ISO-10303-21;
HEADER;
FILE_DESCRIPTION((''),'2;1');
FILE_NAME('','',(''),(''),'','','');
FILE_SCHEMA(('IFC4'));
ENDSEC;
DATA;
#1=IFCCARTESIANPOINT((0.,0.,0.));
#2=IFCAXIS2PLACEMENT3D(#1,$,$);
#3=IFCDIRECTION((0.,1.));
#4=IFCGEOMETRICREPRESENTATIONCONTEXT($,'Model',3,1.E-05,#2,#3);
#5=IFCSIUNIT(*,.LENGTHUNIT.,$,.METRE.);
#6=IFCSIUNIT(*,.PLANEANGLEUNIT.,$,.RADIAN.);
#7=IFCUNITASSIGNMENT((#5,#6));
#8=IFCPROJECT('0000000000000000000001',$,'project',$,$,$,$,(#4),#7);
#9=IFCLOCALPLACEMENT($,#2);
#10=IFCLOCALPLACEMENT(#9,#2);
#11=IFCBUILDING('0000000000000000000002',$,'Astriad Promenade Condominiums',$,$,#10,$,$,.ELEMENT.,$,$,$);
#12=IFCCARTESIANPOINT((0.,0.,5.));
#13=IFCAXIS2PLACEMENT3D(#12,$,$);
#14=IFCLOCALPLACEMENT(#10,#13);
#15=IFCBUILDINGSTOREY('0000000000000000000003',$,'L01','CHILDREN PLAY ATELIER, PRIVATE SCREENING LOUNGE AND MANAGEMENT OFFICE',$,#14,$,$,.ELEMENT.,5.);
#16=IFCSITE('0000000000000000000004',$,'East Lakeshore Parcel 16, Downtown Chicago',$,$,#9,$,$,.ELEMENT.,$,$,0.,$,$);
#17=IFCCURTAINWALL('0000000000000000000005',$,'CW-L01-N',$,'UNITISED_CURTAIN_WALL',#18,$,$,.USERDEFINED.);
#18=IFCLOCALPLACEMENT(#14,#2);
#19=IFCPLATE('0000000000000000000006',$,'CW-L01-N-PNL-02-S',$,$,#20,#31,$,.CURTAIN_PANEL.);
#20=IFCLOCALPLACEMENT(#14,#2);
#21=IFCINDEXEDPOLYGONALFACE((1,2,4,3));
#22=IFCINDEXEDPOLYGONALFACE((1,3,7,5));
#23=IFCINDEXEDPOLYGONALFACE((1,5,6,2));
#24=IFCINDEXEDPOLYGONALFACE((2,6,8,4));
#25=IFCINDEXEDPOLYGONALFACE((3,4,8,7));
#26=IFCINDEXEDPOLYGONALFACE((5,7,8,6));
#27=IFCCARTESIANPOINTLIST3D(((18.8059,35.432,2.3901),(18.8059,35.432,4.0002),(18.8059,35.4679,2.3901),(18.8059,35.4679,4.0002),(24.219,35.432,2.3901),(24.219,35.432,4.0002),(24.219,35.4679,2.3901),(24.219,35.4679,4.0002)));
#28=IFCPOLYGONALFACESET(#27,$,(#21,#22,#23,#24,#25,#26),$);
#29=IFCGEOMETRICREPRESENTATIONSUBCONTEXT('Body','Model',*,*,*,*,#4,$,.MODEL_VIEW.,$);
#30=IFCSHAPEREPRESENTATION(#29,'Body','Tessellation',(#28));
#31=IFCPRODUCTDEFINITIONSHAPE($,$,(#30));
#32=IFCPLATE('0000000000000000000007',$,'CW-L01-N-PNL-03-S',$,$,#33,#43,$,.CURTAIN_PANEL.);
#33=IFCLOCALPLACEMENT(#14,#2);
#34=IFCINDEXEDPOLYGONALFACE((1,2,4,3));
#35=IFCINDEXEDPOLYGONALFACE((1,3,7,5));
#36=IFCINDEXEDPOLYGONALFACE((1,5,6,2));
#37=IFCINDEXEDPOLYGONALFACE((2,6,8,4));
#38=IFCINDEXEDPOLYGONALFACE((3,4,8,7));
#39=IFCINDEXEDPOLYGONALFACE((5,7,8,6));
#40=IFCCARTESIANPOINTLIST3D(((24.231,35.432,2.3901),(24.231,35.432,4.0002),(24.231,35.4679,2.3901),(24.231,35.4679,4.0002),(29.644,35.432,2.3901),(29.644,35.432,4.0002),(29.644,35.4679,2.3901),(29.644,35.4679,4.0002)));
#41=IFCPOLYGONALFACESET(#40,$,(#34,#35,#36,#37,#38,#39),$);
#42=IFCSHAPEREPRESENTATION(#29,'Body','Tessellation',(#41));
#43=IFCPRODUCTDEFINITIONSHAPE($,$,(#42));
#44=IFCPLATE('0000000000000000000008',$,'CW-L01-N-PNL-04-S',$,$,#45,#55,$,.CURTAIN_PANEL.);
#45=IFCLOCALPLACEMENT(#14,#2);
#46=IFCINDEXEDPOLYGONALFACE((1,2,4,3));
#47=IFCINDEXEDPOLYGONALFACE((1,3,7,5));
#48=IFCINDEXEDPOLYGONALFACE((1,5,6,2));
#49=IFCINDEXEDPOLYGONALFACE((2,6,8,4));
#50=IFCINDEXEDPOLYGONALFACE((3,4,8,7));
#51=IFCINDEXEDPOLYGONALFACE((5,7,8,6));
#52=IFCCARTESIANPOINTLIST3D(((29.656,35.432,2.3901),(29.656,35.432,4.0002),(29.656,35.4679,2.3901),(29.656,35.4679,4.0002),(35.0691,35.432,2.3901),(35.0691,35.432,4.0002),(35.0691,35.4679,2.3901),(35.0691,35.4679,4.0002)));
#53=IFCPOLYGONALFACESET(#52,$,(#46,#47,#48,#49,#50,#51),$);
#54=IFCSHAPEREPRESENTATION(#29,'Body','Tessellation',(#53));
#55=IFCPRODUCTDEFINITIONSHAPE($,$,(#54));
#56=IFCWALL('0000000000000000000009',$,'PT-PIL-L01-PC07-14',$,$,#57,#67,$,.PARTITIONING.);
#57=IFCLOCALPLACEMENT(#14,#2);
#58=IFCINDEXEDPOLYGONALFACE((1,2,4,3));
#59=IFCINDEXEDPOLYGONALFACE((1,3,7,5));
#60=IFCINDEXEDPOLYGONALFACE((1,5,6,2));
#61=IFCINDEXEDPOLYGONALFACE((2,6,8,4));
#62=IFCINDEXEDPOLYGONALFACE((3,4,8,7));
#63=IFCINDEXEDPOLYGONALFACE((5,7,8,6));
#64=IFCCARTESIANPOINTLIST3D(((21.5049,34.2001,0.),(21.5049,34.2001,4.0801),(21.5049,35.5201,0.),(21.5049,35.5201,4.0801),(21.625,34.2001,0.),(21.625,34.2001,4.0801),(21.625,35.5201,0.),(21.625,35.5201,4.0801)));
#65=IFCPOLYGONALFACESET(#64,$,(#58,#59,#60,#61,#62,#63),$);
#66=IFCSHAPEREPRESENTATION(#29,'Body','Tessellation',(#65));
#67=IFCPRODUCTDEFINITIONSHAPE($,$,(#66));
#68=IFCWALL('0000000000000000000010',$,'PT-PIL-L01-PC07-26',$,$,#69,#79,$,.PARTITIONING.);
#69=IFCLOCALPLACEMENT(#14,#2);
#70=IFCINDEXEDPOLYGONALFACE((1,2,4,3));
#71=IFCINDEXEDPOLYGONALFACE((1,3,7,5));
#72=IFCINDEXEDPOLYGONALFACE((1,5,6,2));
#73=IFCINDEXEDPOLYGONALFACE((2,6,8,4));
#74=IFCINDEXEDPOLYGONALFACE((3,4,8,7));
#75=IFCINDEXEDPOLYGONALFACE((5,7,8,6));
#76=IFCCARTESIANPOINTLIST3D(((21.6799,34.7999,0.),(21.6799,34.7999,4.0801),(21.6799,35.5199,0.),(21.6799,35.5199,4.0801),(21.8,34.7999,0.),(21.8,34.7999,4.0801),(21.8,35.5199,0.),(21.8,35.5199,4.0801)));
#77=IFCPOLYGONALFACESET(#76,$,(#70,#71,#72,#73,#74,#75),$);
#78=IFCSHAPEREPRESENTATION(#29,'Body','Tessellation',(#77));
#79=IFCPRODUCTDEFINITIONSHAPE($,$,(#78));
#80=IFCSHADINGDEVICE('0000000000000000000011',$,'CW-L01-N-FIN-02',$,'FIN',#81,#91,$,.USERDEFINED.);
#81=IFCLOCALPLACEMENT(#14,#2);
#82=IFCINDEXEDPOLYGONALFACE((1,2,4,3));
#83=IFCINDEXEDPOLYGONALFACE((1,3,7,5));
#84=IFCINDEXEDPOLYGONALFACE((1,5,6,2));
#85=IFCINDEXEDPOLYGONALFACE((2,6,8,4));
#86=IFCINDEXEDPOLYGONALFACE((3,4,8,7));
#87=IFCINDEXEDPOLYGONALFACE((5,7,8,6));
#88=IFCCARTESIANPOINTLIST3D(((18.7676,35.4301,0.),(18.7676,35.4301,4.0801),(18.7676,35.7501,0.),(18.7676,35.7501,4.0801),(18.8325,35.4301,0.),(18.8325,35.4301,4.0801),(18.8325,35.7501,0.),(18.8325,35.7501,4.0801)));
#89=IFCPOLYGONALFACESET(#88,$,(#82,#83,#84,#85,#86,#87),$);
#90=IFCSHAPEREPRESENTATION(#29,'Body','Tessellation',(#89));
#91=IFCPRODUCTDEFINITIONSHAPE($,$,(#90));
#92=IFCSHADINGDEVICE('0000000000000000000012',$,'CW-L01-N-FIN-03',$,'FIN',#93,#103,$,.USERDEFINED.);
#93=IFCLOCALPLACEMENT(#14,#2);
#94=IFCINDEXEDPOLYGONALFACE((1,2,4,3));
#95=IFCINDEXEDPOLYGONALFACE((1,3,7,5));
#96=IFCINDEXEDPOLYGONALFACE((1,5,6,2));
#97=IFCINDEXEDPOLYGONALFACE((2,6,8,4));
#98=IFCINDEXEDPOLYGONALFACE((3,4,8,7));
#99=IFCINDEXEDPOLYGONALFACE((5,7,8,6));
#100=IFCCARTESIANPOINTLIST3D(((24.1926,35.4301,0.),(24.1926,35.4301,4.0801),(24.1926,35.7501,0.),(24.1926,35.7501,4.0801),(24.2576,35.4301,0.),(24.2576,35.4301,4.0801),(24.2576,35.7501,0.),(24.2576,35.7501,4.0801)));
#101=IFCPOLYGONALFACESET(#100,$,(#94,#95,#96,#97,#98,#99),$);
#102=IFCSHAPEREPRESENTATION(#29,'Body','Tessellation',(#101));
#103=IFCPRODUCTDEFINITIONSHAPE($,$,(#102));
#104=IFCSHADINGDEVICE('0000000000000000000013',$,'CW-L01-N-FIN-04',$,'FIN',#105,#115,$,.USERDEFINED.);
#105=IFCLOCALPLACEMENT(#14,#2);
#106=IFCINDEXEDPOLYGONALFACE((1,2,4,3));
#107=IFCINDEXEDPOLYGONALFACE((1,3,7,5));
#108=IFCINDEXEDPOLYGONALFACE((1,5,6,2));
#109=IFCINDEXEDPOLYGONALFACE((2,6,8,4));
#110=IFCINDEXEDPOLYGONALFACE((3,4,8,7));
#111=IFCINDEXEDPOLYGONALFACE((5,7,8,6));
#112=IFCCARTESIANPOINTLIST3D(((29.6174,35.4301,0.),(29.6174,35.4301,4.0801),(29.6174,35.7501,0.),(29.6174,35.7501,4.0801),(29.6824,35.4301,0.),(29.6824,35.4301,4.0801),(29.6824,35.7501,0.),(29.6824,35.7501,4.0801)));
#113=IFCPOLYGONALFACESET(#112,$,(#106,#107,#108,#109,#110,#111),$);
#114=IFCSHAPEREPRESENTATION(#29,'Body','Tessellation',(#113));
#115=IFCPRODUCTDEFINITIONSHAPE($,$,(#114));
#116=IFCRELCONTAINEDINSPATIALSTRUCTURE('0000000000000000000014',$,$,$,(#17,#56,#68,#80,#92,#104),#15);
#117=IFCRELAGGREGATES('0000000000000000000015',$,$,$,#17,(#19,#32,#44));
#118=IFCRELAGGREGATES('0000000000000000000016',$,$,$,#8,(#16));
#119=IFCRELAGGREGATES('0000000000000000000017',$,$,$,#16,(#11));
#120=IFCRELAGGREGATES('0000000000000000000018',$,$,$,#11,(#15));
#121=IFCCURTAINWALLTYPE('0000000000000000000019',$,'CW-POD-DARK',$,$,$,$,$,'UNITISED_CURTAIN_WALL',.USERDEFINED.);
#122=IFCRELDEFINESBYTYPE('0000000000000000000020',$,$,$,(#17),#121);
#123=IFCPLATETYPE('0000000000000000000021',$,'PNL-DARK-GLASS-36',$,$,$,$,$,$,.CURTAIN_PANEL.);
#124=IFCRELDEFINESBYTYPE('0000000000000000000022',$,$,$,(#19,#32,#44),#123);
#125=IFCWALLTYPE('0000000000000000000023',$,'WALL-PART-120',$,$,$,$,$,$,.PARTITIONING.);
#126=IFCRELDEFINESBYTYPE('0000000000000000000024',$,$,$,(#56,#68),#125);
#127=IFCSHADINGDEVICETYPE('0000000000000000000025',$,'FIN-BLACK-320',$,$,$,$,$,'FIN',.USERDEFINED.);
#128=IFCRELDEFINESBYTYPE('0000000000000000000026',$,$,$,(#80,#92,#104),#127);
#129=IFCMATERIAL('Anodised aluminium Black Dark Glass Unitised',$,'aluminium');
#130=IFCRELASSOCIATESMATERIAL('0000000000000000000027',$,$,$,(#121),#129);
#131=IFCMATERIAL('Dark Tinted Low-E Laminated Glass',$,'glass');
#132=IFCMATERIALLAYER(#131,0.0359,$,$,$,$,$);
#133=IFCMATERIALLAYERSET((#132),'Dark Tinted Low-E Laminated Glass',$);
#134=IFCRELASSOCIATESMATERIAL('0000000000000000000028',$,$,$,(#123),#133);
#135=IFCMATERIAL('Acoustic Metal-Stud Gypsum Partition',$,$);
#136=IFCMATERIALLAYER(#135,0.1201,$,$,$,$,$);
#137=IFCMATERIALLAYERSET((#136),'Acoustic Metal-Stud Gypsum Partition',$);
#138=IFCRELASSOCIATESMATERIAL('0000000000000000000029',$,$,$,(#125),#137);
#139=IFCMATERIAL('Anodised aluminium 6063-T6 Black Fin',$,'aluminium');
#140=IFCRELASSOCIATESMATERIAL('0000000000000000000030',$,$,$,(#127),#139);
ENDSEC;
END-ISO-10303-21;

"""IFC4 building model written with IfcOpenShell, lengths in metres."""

from ifc_helpers import new_model, si_unit, direction, frame, frame_2d, origin, origin_2d, place, context, subcontext, project, spatial, rectangle, extrude, source, transform, mapped, material, layer, layer_set, type_object, type_shapes, element, aggregate, save


model = new_model("IFC4")

# Units and contexts
model_context = context("Model", 3, precision=1e-05, world=origin(), true_north=direction((0.0, 1.0)))
body_context = subcontext(model_context, "Body", "Model", "MODEL_VIEW")
ifc_project = project(units=[si_unit("LENGTHUNIT", "METRE"), si_unit("PLANEANGLEUNIT", "RADIAN")], contexts=[model_context])

# Site, building, storey
site_placement = place(None, origin())
site = spatial("IfcSite", under=ifc_project, at=site_placement, Name="East Lakeshore Parcel 16, Downtown Chicago", CompositionType="ELEMENT", RefElevation=0.0)
building_placement = place(site_placement, origin())
building = spatial("IfcBuilding", under=site, at=building_placement, Name="Astriad Promenade Condominiums", CompositionType="ELEMENT")
storey_placement = place(building_placement, frame((0.0, 0.0, 5.0)))
storey = spatial("IfcBuildingStorey", under=building, at=storey_placement, Name="L01", Description="CHILDREN PLAY ATELIER, PRIVATE SCREENING LOUNGE AND MANAGEMENT OFFICE", CompositionType="ELEMENT", Elevation=5.0)

# Curtain wall
ifc_material_1 = material(Name="Anodised aluminium Black Dark Glass Unitised", Category="aluminium")
curtain_wall_type = type_object("IfcCurtainWallType", Name="CW-POD-DARK", ElementType="UNITISED_CURTAIN_WALL", PredefinedType="USERDEFINED", material=ifc_material_1)
curtain_wall_placement = place(storey_placement, origin())
curtain_wall = element("IfcCurtainWall", 1, at=curtain_wall_placement, inside=storey, type_object=curtain_wall_type, Name="CW-L01-N", ObjectType="UNITISED_CURTAIN_WALL", PredefinedType="USERDEFINED")

# Plates
ifc_material_2 = material(Name="Dark Tinted Low-E Laminated Glass", Category="glass")
ifc_layer_1 = layer(ifc_material_2, 0.0359)
ifc_layer_set_1 = layer_set([ifc_layer_1], Name="Dark Tinted Low-E Laminated Glass")
plate_type_1 = type_object("IfcPlateType", Name="PNL-DARK-GLASS-36", PredefinedType="CURTAIN_PANEL", material=ifc_layer_set_1)
shared_shape_1 = source(origin(), body_context, "Body", "SweptSolid", [
    extrude(rectangle(XDim=5.4131, YDim=0.0359, at=origin_2d()), origin(), (0.0, 0.0, 1.0), 1.6101),
])
plate_1_placement = place(storey_placement, frame((21.5125, 35.45, 2.3901), z_axis=(0.0, 0.0, 1.0), x_axis=(1.0, 0.0, 0.0)))
plate_1 = element("IfcPlate", 2, at=plate_1_placement, type_object=plate_type_1, Name="CW-L01-N-PNL-02-S", PredefinedType="CURTAIN_PANEL", context=body_context, shape_type="MappedRepresentation", body=[
    mapped(shared_shape_1, transform((0.0, 0.0, 0.0), scale=1.0)),
])
plate_2_placement = place(storey_placement, frame((26.9375, 35.45, 2.3901), z_axis=(0.0, 0.0, 1.0), x_axis=(1.0, 0.0, 0.0)))
plate_2 = element("IfcPlate", 3, at=plate_2_placement, type_object=plate_type_1, Name="CW-L01-N-PNL-03-S", PredefinedType="CURTAIN_PANEL", context=body_context, shape_type="MappedRepresentation", body=[
    mapped(shared_shape_1, transform((0.0, 0.0, 0.0), scale=1.0)),
])
plate_3_placement = place(storey_placement, frame((32.3625, 35.45, 2.3901), z_axis=(0.0, 0.0, 1.0), x_axis=(1.0, 0.0, 0.0)))
plate_3 = element("IfcPlate", 4, at=plate_3_placement, type_object=plate_type_1, Name="CW-L01-N-PNL-04-S", PredefinedType="CURTAIN_PANEL", context=body_context, shape_type="MappedRepresentation", body=[
    mapped(shared_shape_1, transform((0.0, 0.0, 0.0), scale=1.0)),
])
aggregate(curtain_wall, [plate_1, plate_2, plate_3])

# Walls
ifc_material_3 = material(Name="Acoustic Metal-Stud Gypsum Partition")
ifc_layer_2 = layer(ifc_material_3, 0.1201)
ifc_layer_set_2 = layer_set([ifc_layer_2], Name="Acoustic Metal-Stud Gypsum Partition")
wall_type = type_object("IfcWallType", Name="WALL-PART-120", PredefinedType="PARTITIONING", material=ifc_layer_set_2)
wall_1_placement = place(storey_placement, frame((21.5649, 34.2, 0.0), z_axis=(0.0, 0.0, 1.0), x_axis=(0.0, 1.0, 0.0)))
element("IfcWall", 5, at=wall_1_placement, inside=storey, type_object=wall_type, Name="PT-PIL-L01-PC07-14", PredefinedType="PARTITIONING", context=body_context, shape_type="SweptSolid", body=[
    extrude(rectangle(XDim=1.3201, YDim=0.1201, at=frame_2d((0.6602, 0.0))), origin(), (0.0, 0.0, 1.0), 4.0801),
])
wall_2_placement = place(storey_placement, frame((21.74, 34.8, 0.0), z_axis=(0.0, 0.0, 1.0), x_axis=(0.0, 1.0, 0.0)))
element("IfcWall", 6, at=wall_2_placement, inside=storey, type_object=wall_type, Name="PT-PIL-L01-PC07-26", PredefinedType="PARTITIONING", context=body_context, shape_type="SweptSolid", body=[
    extrude(rectangle(XDim=0.72, YDim=0.1201, at=frame_2d((0.3599, 0.0))), origin(), (0.0, 0.0, 1.0), 4.0801),
])

# Shading devices
ifc_material_4 = material(Name="Anodised aluminium 6063-T6 Black Fin", Category="aluminium")
shading_device_type = type_object("IfcShadingDeviceType", Name="FIN-BLACK-320", ElementType="FIN", PredefinedType="USERDEFINED", material=ifc_material_4)
shared_shape_2 = source(origin(), body_context, "Body", "SweptSolid", [
    extrude(rectangle(XDim=0.0649, YDim=0.3201, at=origin_2d()), origin(), (0.0, 0.0, 1.0), 4.0801),
])
type_shapes(shading_device_type, [shared_shape_2])
for number, where, z_axis, x_axis, name in (
    (7, (18.8, 35.5901, 0.0), (0.0, 0.0, 1.0), (1.0, 0.0, 0.0), "CW-L01-N-FIN-02"),
    (8, (24.2251, 35.5901, 0.0), (0.0, 0.0, 1.0), (1.0, 0.0, 0.0), "CW-L01-N-FIN-03"),
    (9, (29.6499, 35.5901, 0.0), (0.0, 0.0, 1.0), (1.0, 0.0, 0.0), "CW-L01-N-FIN-04"),
):
    element("IfcShadingDevice", number, at=place(storey_placement, frame(where, z_axis=z_axis, x_axis=x_axis)), inside=storey, type_object=shading_device_type, Name=name, ObjectType="FIN", PredefinedType="USERDEFINED", context=body_context, shape_type="MappedRepresentation", body=[
        mapped(shared_shape_2, transform((0.0, 0.0, 0.0), scale=1.0)),
    ])

save(model, "model.ifc")
